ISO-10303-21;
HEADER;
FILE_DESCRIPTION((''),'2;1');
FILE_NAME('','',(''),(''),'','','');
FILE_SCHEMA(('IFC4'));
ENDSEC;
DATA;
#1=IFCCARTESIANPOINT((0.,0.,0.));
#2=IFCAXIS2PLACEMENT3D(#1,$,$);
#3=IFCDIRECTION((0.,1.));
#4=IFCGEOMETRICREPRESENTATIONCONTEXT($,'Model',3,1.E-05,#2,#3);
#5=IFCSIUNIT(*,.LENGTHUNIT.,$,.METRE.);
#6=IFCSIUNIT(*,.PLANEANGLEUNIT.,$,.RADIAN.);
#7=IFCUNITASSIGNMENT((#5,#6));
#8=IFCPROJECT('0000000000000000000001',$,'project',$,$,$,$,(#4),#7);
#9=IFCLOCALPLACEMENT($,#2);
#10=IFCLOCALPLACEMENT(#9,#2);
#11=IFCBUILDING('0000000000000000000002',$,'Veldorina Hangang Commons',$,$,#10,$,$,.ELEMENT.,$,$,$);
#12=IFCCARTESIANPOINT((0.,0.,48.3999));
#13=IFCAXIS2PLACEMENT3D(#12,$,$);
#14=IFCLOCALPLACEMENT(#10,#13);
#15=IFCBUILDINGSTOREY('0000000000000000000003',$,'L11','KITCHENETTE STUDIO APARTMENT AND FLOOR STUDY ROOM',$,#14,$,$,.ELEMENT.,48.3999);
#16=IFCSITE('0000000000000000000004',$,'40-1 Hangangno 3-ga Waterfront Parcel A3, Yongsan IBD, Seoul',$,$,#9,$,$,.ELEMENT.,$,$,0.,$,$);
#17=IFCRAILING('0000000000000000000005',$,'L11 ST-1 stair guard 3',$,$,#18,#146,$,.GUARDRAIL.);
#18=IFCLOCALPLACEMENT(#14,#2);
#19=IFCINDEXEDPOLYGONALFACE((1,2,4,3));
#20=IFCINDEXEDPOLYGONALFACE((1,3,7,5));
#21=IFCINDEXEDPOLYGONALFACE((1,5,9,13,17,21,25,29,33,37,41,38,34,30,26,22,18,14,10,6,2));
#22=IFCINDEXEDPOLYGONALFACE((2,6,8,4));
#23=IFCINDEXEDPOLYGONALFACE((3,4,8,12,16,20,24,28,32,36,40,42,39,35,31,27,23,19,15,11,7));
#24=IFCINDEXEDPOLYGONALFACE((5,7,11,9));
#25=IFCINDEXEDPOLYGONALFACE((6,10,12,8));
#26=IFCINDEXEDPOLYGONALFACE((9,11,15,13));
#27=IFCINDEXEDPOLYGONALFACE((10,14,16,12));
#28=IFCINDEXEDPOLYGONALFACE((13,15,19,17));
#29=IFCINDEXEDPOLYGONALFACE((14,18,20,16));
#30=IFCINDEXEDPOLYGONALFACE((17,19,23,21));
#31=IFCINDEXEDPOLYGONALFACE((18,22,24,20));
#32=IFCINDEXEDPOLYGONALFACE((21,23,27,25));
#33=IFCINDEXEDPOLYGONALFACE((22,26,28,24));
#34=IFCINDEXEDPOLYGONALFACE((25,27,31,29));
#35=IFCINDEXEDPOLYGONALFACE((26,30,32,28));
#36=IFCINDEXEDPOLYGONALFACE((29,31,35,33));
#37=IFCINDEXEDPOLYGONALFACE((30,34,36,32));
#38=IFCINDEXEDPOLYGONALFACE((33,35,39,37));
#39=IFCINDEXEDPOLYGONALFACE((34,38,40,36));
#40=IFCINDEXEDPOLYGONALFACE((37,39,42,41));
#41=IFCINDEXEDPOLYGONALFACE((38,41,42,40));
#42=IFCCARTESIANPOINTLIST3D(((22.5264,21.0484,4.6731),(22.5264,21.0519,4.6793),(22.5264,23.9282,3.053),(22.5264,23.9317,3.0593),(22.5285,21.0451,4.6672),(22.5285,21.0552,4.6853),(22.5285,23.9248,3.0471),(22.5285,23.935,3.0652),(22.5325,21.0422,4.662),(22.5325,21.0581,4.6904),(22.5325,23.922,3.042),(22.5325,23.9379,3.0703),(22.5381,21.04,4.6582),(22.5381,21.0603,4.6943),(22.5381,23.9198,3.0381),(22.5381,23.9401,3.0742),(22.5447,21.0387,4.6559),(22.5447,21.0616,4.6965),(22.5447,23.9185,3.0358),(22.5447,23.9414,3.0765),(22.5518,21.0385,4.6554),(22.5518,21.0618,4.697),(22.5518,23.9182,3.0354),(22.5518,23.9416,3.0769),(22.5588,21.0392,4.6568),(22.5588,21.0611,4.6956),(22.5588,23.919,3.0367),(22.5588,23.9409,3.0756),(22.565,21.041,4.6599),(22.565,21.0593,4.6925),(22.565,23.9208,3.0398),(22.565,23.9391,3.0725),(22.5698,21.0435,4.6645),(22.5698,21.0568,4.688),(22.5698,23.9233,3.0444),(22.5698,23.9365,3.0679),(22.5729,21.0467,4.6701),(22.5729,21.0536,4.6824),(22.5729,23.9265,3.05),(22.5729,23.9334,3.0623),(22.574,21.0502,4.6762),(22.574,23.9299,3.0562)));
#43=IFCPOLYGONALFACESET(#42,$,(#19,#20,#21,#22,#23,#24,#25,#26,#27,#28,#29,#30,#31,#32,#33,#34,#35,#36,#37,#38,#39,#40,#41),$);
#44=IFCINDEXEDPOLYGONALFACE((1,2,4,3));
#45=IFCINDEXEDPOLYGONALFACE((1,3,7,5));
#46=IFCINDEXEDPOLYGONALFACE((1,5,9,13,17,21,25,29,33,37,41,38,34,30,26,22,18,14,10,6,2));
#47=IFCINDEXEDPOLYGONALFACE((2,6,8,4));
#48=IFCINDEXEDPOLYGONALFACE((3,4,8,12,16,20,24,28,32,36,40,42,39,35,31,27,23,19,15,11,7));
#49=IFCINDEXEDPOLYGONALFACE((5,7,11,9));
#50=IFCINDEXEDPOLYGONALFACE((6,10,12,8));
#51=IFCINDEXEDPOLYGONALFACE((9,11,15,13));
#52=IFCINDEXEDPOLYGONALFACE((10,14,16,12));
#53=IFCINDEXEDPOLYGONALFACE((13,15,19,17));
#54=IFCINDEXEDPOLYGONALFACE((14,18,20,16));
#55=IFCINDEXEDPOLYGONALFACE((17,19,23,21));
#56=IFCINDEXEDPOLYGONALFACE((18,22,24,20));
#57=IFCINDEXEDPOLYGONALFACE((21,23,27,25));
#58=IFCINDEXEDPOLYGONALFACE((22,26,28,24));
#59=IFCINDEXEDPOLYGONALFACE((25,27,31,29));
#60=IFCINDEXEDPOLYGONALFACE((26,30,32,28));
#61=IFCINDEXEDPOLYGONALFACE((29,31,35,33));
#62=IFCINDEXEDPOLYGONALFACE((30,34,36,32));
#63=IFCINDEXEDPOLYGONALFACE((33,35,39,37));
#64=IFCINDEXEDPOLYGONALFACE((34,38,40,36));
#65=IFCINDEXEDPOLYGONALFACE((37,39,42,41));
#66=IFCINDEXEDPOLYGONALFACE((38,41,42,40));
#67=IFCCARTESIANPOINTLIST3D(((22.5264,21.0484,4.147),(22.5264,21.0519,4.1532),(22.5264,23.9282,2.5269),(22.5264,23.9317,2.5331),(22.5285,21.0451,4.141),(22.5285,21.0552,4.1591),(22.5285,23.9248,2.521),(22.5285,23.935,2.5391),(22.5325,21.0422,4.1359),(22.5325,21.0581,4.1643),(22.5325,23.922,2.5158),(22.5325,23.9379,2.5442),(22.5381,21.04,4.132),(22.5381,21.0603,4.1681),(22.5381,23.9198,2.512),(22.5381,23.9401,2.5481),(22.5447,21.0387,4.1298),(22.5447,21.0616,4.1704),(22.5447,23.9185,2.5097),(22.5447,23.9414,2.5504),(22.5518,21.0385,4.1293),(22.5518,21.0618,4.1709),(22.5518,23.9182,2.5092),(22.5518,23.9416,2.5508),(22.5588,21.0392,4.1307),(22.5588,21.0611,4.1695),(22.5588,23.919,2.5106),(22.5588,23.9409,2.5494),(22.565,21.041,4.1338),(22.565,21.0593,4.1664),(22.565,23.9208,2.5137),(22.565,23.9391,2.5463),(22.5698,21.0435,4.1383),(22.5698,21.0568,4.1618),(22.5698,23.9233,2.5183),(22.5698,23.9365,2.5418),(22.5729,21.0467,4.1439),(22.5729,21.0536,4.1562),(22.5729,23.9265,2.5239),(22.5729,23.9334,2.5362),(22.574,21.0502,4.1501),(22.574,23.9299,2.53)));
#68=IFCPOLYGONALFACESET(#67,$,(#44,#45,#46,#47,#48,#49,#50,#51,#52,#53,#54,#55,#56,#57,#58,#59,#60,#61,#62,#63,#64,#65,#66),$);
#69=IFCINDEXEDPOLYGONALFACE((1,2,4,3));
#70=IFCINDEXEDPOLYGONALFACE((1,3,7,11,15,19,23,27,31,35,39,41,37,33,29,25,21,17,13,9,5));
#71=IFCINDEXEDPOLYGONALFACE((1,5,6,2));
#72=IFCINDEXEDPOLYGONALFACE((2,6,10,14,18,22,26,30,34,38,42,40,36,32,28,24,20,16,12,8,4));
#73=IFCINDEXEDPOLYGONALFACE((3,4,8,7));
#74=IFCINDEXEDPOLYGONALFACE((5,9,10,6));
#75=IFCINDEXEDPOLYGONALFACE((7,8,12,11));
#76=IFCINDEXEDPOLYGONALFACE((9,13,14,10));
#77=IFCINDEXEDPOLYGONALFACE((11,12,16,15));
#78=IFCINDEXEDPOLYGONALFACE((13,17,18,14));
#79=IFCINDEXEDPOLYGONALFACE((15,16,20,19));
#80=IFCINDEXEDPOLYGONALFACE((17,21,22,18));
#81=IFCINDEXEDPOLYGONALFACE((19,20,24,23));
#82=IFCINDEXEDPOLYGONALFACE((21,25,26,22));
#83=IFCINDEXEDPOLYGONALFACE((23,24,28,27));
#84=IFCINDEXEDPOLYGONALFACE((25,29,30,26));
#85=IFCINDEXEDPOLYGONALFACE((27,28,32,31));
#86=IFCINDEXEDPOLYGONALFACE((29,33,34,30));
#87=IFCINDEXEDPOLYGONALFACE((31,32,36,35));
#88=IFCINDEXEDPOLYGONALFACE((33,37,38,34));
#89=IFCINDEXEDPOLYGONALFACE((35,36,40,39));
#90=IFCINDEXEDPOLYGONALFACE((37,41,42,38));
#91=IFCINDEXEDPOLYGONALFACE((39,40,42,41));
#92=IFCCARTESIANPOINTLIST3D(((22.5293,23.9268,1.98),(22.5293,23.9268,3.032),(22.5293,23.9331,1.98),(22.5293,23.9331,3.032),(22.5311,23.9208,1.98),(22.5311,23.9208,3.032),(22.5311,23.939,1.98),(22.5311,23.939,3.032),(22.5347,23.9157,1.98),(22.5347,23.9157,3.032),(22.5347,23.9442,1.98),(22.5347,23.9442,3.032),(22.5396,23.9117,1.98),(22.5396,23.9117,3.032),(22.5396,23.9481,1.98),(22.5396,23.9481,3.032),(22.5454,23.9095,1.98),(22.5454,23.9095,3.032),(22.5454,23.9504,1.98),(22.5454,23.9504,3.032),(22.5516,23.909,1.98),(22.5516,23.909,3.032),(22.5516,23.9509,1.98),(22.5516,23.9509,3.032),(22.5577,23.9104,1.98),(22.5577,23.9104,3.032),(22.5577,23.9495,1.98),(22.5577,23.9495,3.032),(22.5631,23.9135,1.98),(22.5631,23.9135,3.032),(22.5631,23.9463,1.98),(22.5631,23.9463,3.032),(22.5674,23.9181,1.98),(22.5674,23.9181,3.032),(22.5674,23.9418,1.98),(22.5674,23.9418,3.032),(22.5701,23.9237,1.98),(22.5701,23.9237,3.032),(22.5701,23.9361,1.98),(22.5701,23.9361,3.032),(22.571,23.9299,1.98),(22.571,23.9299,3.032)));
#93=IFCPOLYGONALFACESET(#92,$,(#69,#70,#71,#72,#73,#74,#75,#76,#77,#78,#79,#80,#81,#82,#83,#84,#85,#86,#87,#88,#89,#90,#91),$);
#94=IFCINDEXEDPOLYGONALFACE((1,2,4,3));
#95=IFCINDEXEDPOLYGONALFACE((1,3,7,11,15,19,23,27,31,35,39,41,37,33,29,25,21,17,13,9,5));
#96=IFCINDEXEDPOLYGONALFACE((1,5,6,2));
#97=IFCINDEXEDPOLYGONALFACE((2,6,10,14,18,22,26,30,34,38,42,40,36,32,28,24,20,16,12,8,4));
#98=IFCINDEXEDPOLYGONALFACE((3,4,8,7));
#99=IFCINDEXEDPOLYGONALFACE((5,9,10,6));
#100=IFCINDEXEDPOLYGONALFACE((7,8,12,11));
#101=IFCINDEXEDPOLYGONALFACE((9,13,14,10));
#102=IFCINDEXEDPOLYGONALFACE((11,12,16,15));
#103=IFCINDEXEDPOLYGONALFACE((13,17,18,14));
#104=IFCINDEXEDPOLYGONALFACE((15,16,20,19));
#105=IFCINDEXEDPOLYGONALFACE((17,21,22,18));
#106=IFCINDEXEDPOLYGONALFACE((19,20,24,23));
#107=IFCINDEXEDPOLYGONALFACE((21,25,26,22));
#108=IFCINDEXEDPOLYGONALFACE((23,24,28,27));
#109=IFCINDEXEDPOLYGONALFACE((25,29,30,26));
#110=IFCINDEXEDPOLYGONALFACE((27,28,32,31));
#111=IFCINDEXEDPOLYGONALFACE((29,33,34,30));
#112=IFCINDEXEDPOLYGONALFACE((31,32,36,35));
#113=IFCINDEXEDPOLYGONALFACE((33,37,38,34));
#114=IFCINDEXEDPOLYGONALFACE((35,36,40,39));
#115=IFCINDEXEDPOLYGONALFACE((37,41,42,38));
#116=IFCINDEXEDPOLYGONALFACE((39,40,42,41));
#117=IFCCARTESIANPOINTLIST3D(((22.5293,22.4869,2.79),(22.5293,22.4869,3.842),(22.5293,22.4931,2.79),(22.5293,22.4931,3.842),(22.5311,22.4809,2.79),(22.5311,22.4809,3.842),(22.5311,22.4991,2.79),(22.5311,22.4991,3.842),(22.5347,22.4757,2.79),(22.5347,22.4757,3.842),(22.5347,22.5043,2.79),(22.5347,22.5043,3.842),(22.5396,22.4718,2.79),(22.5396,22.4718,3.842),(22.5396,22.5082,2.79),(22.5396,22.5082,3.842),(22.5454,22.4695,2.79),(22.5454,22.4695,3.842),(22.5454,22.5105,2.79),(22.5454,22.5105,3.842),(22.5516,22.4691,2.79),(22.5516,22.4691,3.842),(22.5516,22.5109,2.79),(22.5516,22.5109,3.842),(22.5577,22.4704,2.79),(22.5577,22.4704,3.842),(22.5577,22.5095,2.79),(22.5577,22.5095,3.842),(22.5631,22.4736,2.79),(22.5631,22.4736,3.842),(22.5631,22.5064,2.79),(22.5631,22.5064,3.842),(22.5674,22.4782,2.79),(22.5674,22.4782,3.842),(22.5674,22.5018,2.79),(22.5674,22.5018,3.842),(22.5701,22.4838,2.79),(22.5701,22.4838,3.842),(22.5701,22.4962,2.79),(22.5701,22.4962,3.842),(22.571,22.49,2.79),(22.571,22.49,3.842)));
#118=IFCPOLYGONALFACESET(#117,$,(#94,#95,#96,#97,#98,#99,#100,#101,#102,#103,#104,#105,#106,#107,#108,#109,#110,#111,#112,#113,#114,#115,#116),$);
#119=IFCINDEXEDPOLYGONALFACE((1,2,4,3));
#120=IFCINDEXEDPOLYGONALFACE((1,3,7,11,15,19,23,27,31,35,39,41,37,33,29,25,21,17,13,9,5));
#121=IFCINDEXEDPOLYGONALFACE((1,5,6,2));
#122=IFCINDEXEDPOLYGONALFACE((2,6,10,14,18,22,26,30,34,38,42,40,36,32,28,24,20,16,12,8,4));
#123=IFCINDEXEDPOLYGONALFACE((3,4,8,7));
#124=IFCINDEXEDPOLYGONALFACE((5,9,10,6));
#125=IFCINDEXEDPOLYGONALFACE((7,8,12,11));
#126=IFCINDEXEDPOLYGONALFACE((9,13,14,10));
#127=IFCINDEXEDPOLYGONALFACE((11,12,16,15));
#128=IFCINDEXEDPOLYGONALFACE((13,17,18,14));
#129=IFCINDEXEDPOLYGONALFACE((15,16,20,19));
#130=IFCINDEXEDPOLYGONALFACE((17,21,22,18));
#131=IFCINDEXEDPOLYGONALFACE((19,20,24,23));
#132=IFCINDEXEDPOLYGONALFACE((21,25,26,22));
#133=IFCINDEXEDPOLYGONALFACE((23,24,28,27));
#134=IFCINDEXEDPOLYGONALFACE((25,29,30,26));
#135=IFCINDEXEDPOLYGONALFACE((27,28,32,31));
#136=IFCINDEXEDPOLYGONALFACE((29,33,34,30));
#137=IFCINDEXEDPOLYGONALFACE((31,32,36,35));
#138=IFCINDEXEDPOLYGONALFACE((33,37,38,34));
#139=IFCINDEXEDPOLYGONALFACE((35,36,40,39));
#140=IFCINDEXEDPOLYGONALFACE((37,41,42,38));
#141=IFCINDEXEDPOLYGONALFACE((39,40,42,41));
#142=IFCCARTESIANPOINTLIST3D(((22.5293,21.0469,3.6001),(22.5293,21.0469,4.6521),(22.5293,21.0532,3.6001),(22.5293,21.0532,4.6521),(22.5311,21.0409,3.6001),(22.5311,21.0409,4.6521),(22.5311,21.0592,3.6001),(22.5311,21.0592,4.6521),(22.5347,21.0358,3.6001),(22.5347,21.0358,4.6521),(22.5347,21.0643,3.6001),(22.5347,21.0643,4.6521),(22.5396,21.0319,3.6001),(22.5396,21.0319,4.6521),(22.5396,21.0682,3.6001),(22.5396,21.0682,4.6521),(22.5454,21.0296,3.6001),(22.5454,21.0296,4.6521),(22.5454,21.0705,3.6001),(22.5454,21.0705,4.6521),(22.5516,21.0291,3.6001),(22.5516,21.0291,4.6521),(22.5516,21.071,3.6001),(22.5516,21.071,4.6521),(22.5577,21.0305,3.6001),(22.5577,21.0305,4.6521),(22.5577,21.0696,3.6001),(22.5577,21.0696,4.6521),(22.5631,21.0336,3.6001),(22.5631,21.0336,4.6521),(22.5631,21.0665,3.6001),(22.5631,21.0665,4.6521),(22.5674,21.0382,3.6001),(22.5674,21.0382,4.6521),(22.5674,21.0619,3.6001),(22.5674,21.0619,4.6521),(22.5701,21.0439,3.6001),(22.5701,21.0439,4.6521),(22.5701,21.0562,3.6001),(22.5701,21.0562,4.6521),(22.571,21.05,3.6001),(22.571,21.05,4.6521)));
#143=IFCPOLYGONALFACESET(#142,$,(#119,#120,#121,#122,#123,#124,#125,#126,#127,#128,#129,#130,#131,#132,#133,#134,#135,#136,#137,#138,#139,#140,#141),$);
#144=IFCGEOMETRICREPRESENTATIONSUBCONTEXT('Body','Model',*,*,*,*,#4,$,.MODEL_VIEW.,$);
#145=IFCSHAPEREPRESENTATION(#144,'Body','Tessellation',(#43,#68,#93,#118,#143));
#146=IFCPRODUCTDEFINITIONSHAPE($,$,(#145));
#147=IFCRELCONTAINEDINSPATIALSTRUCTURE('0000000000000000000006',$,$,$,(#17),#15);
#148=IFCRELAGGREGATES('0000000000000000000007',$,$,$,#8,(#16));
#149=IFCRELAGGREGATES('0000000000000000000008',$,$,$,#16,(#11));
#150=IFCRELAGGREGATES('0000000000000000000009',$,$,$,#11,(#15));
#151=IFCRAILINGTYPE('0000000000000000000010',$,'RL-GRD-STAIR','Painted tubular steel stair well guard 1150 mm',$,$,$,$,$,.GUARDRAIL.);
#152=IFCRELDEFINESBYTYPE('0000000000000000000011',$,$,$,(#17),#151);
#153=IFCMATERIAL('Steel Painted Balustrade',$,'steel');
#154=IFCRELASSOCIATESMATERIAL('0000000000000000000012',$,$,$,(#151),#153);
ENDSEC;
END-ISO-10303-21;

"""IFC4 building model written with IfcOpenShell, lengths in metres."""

from ifc_helpers import new_model, si_unit, direction, frame, origin, origin_2d, place, context, subcontext, project, spatial, circle, extrude, material, type_object, element, save


model = new_model("IFC4")

# Units and contexts
model_context = context("Model", 3, precision=1e-05, world=origin(), true_north=direction((0.0, 1.0)))
body_context = subcontext(model_context, "Body", "Model", "MODEL_VIEW")
ifc_project = project(units=[si_unit("LENGTHUNIT", "METRE"), si_unit("PLANEANGLEUNIT", "RADIAN")], contexts=[model_context])

# Site, building, storey
site_placement = place(None, origin())
site = spatial("IfcSite", under=ifc_project, at=site_placement, Name="40-1 Hangangno 3-ga Waterfront Parcel A3, Yongsan IBD, Seoul", CompositionType="ELEMENT", RefElevation=0.0)
building_placement = place(site_placement, origin())
building = spatial("IfcBuilding", under=site, at=building_placement, Name="Veldorina Hangang Commons", CompositionType="ELEMENT")
storey_placement = place(building_placement, frame((0.0, 0.0, 48.3999)))
storey = spatial("IfcBuildingStorey", under=building, at=storey_placement, Name="L11", Description="KITCHENETTE STUDIO APARTMENT AND FLOOR STUDY ROOM", CompositionType="ELEMENT", Elevation=48.3999)

# Railing
ifc_material_1 = material(Name="Steel Painted Balustrade", Category="steel")
railing_type_1 = type_object("IfcRailingType", Name="RL-GRD-STAIR", Description="Painted tubular steel stair well guard 1150 mm", PredefinedType="GUARDRAIL", material=ifc_material_1)
railing_1_placement = place(storey_placement, frame((22.55, 23.9299, 1.98)))
element("IfcRailing", 1, at=railing_1_placement, inside=storey, type_object=railing_type_1, Name="L11 ST-1 stair guard 3", PredefinedType="GUARDRAIL", context=body_context, shape_type="SweptSolid", body=[
    extrude(circle(Radius=0.0239, at=origin_2d()), frame((0.0, 0.0, 1.0762), z_axis=(0.0, -0.871552, 0.490303), x_axis=(1.0, 0.0, 0.0)), (0.0, 0.0, 1.0), 3.3042),
    extrude(circle(Radius=0.0239, at=origin_2d()), frame((0.0, 0.0, 0.55), z_axis=(0.0, -0.871552, 0.490303), x_axis=(1.0, 0.0, 0.0)), (0.0, 0.0, 1.0), 3.3042),
    extrude(circle(Radius=0.021, at=origin_2d()), origin(), (0.0, 0.0, 1.0), 1.052),
    extrude(circle(Radius=0.021, at=origin_2d()), frame((0.0, -1.4399, 0.8101)), (0.0, 0.0, 1.0), 1.052),
    extrude(circle(Radius=0.021, at=origin_2d()), frame((0.0, -2.8799, 1.6201)), (0.0, 0.0, 1.0), 1.052),
])

save(model, "model.ifc")
